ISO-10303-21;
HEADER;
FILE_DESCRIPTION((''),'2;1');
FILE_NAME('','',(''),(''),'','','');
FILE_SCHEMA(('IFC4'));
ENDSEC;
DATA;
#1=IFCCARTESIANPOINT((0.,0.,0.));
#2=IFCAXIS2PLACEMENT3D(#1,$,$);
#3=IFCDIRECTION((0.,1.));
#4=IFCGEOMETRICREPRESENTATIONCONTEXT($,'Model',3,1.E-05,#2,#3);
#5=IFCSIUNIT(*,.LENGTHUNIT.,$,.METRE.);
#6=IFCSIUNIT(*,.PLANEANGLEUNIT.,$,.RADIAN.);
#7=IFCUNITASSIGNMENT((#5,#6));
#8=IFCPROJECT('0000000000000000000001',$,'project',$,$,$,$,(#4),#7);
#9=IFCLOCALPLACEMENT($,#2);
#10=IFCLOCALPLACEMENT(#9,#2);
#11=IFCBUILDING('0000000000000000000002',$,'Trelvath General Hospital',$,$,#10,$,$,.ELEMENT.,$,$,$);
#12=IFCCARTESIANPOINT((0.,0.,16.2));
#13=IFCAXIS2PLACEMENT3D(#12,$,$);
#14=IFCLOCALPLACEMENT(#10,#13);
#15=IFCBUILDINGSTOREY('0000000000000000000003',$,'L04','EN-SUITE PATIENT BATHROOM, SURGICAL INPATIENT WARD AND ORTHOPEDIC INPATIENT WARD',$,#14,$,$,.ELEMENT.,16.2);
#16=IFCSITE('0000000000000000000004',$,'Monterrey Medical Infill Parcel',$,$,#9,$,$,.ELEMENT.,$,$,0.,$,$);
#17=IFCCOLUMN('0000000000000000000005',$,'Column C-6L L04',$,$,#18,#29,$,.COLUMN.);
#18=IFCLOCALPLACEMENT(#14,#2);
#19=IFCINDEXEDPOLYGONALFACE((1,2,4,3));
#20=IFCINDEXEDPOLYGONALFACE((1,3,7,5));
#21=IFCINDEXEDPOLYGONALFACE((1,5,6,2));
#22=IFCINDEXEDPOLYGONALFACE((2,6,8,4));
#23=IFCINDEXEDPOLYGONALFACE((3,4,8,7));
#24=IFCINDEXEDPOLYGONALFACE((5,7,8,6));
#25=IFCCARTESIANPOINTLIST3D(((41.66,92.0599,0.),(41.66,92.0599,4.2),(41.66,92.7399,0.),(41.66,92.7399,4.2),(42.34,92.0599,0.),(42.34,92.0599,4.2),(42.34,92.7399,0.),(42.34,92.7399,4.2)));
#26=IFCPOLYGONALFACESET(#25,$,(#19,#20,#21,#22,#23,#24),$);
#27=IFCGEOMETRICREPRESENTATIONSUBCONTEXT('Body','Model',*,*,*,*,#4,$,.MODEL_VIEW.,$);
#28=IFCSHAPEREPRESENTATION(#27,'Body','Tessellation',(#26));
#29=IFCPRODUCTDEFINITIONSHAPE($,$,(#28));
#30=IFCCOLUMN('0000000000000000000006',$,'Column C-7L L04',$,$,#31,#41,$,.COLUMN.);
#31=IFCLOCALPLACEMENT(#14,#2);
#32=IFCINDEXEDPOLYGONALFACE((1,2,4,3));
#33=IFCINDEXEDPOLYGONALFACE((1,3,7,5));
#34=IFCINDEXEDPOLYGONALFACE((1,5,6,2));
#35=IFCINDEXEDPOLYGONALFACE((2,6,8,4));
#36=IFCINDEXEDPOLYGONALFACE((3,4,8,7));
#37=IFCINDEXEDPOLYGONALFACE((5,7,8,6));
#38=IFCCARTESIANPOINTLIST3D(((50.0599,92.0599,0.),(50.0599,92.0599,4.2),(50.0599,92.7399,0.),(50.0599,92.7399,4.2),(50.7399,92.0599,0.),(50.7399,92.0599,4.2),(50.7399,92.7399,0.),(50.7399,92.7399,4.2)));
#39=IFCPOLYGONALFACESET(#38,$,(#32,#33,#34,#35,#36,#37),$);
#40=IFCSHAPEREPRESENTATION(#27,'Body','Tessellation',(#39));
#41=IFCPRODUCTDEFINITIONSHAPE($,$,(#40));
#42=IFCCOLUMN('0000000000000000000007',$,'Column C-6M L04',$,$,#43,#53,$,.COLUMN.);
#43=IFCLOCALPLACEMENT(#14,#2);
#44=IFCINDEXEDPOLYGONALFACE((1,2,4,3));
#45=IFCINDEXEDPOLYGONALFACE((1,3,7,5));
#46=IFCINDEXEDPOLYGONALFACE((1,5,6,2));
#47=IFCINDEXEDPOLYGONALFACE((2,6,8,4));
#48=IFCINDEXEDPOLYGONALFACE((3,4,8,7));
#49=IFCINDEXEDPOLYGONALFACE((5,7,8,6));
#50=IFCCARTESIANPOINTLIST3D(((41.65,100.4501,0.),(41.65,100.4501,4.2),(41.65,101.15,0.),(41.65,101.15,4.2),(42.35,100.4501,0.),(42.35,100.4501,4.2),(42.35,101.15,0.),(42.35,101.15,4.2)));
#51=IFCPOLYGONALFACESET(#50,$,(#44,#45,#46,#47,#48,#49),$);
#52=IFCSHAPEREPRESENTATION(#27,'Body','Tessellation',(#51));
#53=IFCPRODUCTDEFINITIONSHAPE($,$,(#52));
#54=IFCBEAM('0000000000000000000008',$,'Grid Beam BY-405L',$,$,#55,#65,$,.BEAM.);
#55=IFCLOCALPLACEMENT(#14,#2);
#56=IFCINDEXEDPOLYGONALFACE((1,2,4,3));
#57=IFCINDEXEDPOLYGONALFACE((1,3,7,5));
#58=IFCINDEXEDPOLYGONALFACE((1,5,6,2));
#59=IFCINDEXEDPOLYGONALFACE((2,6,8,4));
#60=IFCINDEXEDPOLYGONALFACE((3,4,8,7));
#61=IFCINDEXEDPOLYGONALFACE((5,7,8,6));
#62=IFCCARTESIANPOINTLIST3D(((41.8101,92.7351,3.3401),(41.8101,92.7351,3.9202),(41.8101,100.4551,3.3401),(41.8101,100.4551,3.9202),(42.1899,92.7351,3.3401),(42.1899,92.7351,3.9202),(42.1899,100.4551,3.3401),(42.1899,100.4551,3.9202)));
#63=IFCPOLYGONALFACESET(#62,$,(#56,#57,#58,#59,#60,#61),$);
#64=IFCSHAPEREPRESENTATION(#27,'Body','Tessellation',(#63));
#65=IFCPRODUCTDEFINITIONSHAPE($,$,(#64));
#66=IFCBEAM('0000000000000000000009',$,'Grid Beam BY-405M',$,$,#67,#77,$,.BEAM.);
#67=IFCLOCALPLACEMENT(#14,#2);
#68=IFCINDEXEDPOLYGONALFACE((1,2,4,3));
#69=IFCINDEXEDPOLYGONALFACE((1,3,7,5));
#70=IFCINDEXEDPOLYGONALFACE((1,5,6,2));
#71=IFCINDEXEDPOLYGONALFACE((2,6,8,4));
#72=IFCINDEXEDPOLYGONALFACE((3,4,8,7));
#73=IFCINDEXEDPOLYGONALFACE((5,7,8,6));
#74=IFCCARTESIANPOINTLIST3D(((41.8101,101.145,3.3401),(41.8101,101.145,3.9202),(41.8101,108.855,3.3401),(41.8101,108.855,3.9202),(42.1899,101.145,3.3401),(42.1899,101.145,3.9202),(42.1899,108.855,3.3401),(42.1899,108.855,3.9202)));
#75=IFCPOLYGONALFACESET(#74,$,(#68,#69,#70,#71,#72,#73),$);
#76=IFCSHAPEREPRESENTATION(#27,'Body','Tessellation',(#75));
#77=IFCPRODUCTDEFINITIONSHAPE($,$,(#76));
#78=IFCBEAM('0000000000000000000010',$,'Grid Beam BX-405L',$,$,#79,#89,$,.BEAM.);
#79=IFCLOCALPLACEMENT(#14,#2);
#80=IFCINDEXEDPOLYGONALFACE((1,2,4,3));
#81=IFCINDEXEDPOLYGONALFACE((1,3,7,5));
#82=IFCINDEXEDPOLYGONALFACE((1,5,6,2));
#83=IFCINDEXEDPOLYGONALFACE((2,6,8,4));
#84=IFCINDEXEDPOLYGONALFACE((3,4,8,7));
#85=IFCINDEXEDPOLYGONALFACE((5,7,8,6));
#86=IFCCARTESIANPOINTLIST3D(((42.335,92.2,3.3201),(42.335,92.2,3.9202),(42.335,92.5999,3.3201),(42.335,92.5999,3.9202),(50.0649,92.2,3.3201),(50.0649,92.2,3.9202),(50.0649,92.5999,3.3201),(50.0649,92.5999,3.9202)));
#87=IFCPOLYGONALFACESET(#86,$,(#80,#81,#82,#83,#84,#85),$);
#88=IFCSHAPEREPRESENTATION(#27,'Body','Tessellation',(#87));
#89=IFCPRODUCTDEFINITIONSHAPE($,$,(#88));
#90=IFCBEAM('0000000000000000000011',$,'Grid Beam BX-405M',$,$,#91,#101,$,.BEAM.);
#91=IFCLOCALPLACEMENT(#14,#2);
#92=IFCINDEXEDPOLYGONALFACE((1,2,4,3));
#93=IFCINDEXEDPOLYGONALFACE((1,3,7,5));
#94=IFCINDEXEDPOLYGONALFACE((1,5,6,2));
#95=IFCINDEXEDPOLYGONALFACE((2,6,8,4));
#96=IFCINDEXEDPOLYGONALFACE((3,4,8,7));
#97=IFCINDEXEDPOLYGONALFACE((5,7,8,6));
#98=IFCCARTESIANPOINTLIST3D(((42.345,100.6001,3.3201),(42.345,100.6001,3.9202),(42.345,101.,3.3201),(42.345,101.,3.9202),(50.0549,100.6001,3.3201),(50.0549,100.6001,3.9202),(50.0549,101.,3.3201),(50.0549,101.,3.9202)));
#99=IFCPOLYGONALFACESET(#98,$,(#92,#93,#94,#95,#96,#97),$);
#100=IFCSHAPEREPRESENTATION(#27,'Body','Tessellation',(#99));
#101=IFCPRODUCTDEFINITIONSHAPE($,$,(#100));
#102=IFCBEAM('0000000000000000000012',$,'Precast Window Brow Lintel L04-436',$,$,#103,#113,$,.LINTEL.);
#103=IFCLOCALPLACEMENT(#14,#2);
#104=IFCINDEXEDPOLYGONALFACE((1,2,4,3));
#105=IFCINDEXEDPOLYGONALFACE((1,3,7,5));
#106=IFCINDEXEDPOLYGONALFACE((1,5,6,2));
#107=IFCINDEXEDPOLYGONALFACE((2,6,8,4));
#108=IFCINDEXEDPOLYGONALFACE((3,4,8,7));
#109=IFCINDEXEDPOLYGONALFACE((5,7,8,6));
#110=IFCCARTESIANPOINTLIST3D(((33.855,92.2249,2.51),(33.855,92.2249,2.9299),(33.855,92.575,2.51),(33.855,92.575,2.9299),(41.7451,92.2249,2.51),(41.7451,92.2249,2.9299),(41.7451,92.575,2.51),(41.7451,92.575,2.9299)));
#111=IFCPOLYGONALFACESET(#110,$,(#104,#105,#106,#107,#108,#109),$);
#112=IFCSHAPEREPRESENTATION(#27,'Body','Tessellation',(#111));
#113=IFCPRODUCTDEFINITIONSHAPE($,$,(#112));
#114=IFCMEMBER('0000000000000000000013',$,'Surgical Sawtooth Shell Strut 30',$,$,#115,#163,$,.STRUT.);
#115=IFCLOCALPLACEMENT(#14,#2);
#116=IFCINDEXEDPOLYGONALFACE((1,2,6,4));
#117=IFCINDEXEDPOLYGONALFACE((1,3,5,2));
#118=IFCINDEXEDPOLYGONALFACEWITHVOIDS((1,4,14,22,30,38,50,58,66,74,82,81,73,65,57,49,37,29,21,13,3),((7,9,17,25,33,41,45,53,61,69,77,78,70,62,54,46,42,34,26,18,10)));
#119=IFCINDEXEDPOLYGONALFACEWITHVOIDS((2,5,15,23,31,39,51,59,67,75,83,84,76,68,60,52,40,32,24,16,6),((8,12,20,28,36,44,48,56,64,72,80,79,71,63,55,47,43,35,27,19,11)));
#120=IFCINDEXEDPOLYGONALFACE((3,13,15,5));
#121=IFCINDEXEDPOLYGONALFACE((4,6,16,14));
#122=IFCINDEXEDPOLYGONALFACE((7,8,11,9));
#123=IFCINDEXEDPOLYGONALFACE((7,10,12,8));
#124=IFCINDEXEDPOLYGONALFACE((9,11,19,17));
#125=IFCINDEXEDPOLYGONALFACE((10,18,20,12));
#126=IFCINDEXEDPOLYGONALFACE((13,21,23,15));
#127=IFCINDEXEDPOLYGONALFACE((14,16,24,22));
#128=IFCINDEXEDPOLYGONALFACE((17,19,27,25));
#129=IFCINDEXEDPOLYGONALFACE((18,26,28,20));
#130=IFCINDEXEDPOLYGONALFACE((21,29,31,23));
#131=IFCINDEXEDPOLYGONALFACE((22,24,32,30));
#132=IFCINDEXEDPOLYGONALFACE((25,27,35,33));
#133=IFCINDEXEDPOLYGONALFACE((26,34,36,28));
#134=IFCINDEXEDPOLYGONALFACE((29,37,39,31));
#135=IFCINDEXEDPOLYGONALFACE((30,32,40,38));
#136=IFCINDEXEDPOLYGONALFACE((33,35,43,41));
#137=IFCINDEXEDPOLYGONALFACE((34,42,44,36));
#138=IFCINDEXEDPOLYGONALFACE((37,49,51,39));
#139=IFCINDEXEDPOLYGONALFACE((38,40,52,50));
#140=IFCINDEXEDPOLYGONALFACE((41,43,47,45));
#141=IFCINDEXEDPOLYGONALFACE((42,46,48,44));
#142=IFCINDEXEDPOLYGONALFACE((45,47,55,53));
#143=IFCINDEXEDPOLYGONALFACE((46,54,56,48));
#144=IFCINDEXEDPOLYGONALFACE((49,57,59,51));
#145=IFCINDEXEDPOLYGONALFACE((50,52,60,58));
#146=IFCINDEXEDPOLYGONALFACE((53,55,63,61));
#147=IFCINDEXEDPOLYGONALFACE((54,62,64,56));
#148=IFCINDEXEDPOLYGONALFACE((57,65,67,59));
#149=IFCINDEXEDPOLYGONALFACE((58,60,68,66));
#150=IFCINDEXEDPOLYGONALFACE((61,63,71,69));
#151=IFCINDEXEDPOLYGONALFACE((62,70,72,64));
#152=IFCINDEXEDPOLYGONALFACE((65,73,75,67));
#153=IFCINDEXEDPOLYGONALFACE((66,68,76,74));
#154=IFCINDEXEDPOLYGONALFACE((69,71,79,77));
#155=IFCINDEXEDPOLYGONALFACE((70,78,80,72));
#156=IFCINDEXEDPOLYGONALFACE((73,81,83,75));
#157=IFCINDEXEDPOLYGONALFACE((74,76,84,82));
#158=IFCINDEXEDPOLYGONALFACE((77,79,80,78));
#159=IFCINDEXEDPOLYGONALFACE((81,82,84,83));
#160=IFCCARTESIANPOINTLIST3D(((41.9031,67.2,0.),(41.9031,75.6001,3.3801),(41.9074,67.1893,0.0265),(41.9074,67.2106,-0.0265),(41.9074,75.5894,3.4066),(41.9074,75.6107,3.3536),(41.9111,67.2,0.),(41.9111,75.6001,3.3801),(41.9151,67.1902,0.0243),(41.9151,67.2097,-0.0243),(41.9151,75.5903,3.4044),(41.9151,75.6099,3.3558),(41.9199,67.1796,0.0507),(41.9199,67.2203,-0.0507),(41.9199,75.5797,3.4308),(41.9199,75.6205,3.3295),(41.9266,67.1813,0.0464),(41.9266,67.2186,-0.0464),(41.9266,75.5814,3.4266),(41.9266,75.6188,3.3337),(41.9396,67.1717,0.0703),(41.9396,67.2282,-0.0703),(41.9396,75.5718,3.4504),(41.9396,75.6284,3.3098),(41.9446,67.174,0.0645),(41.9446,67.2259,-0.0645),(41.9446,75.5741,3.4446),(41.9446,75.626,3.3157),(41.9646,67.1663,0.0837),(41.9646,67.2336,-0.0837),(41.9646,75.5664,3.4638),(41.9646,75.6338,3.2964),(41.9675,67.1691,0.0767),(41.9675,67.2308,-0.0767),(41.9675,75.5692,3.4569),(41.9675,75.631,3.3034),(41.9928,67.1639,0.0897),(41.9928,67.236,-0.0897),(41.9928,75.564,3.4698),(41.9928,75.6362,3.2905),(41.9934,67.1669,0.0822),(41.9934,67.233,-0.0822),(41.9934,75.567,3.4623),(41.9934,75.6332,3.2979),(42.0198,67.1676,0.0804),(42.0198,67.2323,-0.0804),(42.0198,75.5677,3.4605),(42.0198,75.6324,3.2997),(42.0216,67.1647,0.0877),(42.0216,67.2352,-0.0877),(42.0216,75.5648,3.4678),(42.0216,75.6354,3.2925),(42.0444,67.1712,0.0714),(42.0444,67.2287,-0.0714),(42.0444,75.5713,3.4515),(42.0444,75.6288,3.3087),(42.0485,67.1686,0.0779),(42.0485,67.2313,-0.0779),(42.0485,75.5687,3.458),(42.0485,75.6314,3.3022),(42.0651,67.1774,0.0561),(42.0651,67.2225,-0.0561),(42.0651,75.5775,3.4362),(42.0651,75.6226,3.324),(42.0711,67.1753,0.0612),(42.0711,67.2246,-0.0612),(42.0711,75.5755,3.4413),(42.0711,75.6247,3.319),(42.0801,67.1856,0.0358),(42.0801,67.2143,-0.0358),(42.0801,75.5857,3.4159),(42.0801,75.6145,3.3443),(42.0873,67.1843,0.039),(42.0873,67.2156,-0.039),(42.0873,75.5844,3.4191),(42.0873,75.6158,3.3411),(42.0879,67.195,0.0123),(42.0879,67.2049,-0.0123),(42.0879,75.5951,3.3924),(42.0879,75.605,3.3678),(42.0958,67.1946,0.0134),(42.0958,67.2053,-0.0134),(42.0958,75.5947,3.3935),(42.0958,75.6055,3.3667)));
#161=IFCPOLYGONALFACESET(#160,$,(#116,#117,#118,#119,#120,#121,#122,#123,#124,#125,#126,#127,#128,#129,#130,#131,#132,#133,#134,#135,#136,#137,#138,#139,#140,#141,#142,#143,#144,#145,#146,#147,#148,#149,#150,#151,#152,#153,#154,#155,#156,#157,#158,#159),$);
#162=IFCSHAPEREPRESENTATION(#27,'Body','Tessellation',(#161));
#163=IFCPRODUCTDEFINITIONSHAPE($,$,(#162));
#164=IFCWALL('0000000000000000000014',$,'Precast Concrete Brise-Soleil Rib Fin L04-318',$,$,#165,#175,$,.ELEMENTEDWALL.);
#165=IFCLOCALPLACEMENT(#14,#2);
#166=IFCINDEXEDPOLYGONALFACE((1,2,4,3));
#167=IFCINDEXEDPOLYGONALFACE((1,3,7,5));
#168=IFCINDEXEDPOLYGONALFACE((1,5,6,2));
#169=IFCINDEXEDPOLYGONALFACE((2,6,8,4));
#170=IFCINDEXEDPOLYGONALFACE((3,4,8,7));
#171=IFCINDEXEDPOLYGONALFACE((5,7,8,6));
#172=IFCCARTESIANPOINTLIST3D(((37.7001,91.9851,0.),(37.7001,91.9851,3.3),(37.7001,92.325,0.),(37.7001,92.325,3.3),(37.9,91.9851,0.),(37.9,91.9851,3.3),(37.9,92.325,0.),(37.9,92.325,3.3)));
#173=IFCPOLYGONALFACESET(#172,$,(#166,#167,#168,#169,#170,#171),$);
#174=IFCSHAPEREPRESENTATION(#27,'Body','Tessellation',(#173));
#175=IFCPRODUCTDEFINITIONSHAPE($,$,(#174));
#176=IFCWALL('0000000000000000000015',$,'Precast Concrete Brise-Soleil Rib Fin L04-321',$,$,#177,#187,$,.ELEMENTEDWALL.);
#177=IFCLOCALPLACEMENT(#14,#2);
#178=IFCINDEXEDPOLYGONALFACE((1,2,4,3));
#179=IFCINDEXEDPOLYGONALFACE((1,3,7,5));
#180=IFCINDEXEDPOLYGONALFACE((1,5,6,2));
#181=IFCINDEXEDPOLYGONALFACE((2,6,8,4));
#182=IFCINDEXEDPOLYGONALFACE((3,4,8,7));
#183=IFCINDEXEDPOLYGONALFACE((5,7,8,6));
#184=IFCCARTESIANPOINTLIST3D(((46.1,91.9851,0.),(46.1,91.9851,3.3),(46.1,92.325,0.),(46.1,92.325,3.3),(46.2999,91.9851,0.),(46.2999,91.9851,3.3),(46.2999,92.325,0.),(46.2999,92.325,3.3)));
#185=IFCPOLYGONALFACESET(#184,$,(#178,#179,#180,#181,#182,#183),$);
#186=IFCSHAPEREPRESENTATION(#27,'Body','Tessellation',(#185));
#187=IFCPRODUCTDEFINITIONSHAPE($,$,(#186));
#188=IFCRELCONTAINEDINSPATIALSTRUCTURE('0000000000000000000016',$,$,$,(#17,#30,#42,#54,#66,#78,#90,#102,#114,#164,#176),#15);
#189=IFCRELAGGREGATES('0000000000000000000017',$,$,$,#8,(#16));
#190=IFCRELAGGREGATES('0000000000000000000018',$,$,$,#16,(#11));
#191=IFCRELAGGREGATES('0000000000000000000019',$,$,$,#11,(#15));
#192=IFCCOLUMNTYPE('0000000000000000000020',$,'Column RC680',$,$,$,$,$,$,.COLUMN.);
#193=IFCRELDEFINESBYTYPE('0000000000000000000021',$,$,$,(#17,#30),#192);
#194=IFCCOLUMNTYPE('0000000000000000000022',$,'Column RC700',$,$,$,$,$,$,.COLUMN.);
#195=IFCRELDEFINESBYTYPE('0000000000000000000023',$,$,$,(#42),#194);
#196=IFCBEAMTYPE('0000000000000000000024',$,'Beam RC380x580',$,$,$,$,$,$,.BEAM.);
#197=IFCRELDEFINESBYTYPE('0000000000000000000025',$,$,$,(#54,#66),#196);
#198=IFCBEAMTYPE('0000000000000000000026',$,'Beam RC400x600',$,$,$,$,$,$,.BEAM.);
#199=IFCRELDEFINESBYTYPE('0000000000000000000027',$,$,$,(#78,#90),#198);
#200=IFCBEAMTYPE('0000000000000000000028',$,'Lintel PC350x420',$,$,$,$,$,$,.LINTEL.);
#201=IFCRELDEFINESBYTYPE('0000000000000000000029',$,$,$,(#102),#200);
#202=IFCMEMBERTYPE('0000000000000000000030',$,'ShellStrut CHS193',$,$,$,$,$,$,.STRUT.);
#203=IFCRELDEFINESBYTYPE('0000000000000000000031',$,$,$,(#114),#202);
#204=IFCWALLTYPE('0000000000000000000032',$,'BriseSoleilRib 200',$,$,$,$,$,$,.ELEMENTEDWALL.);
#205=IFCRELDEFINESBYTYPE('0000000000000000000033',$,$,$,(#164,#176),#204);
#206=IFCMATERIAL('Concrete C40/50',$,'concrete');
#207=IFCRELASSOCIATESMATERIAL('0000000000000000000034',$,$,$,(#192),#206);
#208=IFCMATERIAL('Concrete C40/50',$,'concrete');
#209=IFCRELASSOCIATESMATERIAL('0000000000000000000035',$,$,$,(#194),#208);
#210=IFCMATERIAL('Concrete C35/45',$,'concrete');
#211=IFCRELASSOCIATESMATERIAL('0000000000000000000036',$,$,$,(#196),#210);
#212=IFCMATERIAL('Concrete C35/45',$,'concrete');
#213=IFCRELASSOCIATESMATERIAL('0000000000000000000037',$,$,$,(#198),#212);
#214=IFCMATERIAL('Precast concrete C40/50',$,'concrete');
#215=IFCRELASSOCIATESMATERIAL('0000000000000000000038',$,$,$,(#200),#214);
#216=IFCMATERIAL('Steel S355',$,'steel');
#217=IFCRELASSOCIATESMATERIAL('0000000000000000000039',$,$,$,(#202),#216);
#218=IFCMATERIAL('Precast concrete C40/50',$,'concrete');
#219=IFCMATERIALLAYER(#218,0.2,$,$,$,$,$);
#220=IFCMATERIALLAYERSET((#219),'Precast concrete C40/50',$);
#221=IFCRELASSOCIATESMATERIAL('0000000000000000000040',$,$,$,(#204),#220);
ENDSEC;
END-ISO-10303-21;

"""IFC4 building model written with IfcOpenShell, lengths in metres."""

from ifc_helpers import new_model, si_unit, direction, frame, frame_2d, origin, origin_2d, place, context, subcontext, project, spatial, rectangle, hollow_circle, extrude, material, layer, layer_set, material_profile, profile_set, type_object, element, save


model = new_model("IFC4")

# Units and contexts
model_context = context("Model", 3, precision=1e-05, world=origin(), true_north=direction((0.0, 1.0)))
body_context = subcontext(model_context, "Body", "Model", "MODEL_VIEW")
ifc_project = project(units=[si_unit("LENGTHUNIT", "METRE"), si_unit("PLANEANGLEUNIT", "RADIAN")], contexts=[model_context])

# Site, building, storey
site_placement = place(None, origin())
site = spatial("IfcSite", under=ifc_project, at=site_placement, Name="Monterrey Medical Infill Parcel", CompositionType="ELEMENT", RefElevation=0.0)
building_placement = place(site_placement, origin())
building = spatial("IfcBuilding", under=site, at=building_placement, Name="Trelvath General Hospital", CompositionType="ELEMENT")
storey_placement = place(building_placement, frame((0.0, 0.0, 16.2)))
storey = spatial("IfcBuildingStorey", under=building, at=storey_placement, Name="L04", Description="EN-SUITE PATIENT BATHROOM, SURGICAL INPATIENT WARD AND ORTHOPEDIC INPATIENT WARD", CompositionType="ELEMENT", Elevation=16.2)

# Columns
ifc_material_1 = material(Name="Concrete C40/50", Category="concrete")
ifc_material_profile_1 = material_profile(ifc_material_1, rectangle(XDim=0.6799, YDim=0.6799, at=origin_2d()), Name="RC680x680")
ifc_profile_set_1 = profile_set([ifc_material_profile_1], Name="Concrete C40/50")
column_type_1 = type_object("IfcColumnType", Name="Column RC680", PredefinedType="COLUMN", material=ifc_profile_set_1)
for number, where, z_axis, x_axis, name in (
    (1, (42.0, 92.3999, 0.0), (0.0, 0.0, 1.0), (1.0, 0.0, 0.0), "Column C-6L L04"),
    (2, (50.3999, 92.3999, 0.0), (0.0, 0.0, 1.0), (1.0, 0.0, 0.0), "Column C-7L L04"),
):
    element("IfcColumn", number, at=place(storey_placement, frame(where, z_axis=z_axis, x_axis=x_axis)), inside=storey, type_object=column_type_1, Name=name, PredefinedType="COLUMN", context=body_context, shape_type="SweptSolid", body=[
        extrude(rectangle(XDim=0.6799, YDim=0.6799, at=origin_2d()), origin(), (0.0, 0.0, 1.0), 4.2),
    ])
ifc_material_2 = material(Name="Concrete C40/50", Category="concrete")
ifc_material_profile_2 = material_profile(ifc_material_2, rectangle(XDim=0.7, YDim=0.7, at=origin_2d()), Name="RC700x700")
ifc_profile_set_2 = profile_set([ifc_material_profile_2], Name="Concrete C40/50")
column_type_2 = type_object("IfcColumnType", Name="Column RC700", PredefinedType="COLUMN", material=ifc_profile_set_2)
column_placement = place(storey_placement, frame((42.0, 100.8, 0.0), z_axis=(0.0, 0.0, 1.0), x_axis=(1.0, 0.0, 0.0)))
element("IfcColumn", 3, at=column_placement, inside=storey, type_object=column_type_2, Name="Column C-6M L04", PredefinedType="COLUMN", context=body_context, shape_type="SweptSolid", body=[
    extrude(rectangle(XDim=0.7, YDim=0.7, at=origin_2d()), origin(), (0.0, 0.0, 1.0), 4.2),
])

# Beams
ifc_material_3 = material(Name="Concrete C35/45", Category="concrete")
ifc_material_profile_3 = material_profile(ifc_material_3, rectangle(XDim=0.3799, YDim=0.5801, at=origin_2d()), Name="RCB380x580")
ifc_profile_set_3 = profile_set([ifc_material_profile_3], Name="Concrete C35/45")
beam_type_1 = type_object("IfcBeamType", Name="Beam RC380x580", PredefinedType="BEAM", material=ifc_profile_set_3)
beam_1_placement = place(storey_placement, frame((42.0, 92.7351, 3.6301), z_axis=(0.0, 1.0, 0.0), x_axis=(-1.0, 0.0, 0.0)))
element("IfcBeam", 4, at=beam_1_placement, inside=storey, type_object=beam_type_1, Name="Grid Beam BY-405L", PredefinedType="BEAM", context=body_context, shape_type="SweptSolid", body=[
    extrude(rectangle(XDim=0.3799, YDim=0.5801, at=origin_2d()), origin(), (0.0, 0.0, 1.0), 7.72),
])
beam_2_placement = place(storey_placement, frame((42.0, 101.145, 3.6301), z_axis=(0.0, 1.0, 0.0), x_axis=(-1.0, 0.0, 0.0)))
element("IfcBeam", 5, at=beam_2_placement, inside=storey, type_object=beam_type_1, Name="Grid Beam BY-405M", PredefinedType="BEAM", context=body_context, shape_type="SweptSolid", body=[
    extrude(rectangle(XDim=0.3799, YDim=0.5801, at=origin_2d()), origin(), (0.0, 0.0, 1.0), 7.71),
])
ifc_material_4 = material(Name="Concrete C35/45", Category="concrete")
ifc_material_profile_4 = material_profile(ifc_material_4, rectangle(XDim=0.3999, YDim=0.6001, at=origin_2d()), Name="RCB400x600")
ifc_profile_set_4 = profile_set([ifc_material_profile_4], Name="Concrete C35/45")
beam_type_2 = type_object("IfcBeamType", Name="Beam RC400x600", PredefinedType="BEAM", material=ifc_profile_set_4)
beam_3_placement = place(storey_placement, frame((42.335, 92.3999, 3.6201), z_axis=(1.0, 0.0, 0.0), x_axis=(0.0, 1.0, 0.0)))
element("IfcBeam", 6, at=beam_3_placement, inside=storey, type_object=beam_type_2, Name="Grid Beam BX-405L", PredefinedType="BEAM", context=body_context, shape_type="SweptSolid", body=[
    extrude(rectangle(XDim=0.3999, YDim=0.6001, at=origin_2d()), origin(), (0.0, 0.0, 1.0), 7.73),
])
beam_4_placement = place(storey_placement, frame((42.345, 100.8, 3.6201), z_axis=(1.0, 0.0, 0.0), x_axis=(0.0, 1.0, 0.0)))
element("IfcBeam", 7, at=beam_4_placement, inside=storey, type_object=beam_type_2, Name="Grid Beam BX-405M", PredefinedType="BEAM", context=body_context, shape_type="SweptSolid", body=[
    extrude(rectangle(XDim=0.3999, YDim=0.6001, at=origin_2d()), origin(), (0.0, 0.0, 1.0), 7.71),
])
ifc_material_5 = material(Name="Precast concrete C40/50", Category="concrete")
ifc_material_profile_5 = material_profile(ifc_material_5, rectangle(XDim=0.3501, YDim=0.4199, at=origin_2d()), Name="PCL350x420")
ifc_profile_set_5 = profile_set([ifc_material_profile_5], Name="Precast concrete C40/50")
beam_type_3 = type_object("IfcBeamType", Name="Lintel PC350x420", PredefinedType="LINTEL", material=ifc_profile_set_5)
beam_5_placement = place(storey_placement, frame((41.7451, 92.3999, 2.72), z_axis=(-1.0, 0.0, 0.0), x_axis=(0.0, -1.0, 0.0)))
element("IfcBeam", 8, at=beam_5_placement, inside=storey, type_object=beam_type_3, Name="Precast Window Brow Lintel L04-436", PredefinedType="LINTEL", context=body_context, shape_type="SweptSolid", body=[
    extrude(rectangle(XDim=0.3501, YDim=0.4199, at=origin_2d()), origin(), (0.0, 0.0, 1.0), 7.8901),
])

# Member
ifc_material_6 = material(Name="Steel S355", Category="steel")
ifc_material_profile_6 = material_profile(ifc_material_6, hollow_circle(Radius=0.0969, WallThickness=0.0081, at=origin_2d()), Name="CHS193.7x8.0")
ifc_profile_set_6 = profile_set([ifc_material_profile_6], Name="Steel S355")
member_type = type_object("IfcMemberType", Name="ShellStrut CHS193", PredefinedType="STRUT", material=ifc_profile_set_6)
member_placement = place(storey_placement, frame((42.0, 67.2, 0.0), z_axis=(0.0, 0.92771, 0.373301), x_axis=(-1.0, 0.0, 0.0)))
element("IfcMember", 9, at=member_placement, inside=storey, type_object=member_type, Name="Surgical Sawtooth Shell Strut 30", PredefinedType="STRUT", context=body_context, shape_type="SweptSolid", body=[
    extrude(hollow_circle(Radius=0.0969, WallThickness=0.0081, at=origin_2d()), origin(), (0.0, 0.0, 1.0), 9.0547),
])

# Walls
ifc_material_7 = material(Name="Precast concrete C40/50", Category="concrete")
ifc_layer_1 = layer(ifc_material_7, 0.2)
ifc_layer_set_1 = layer_set([ifc_layer_1], Name="Precast concrete C40/50")
wall_type_1 = type_object("IfcWallType", Name="BriseSoleilRib 200", PredefinedType="ELEMENTEDWALL", material=ifc_layer_set_1)
for number, where, z_axis, x_axis, name in (
    (10, (37.8, 92.325, 0.0), (0.0, 0.0, 1.0), (0.0, -1.0, 0.0), "Precast Concrete Brise-Soleil Rib Fin L04-318"),
    (11, (46.2, 92.325, 0.0), (0.0, 0.0, 1.0), (0.0, -1.0, 0.0), "Precast Concrete Brise-Soleil Rib Fin L04-321"),
):
    element("IfcWall", number, at=place(storey_placement, frame(where, z_axis=z_axis, x_axis=x_axis)), inside=storey, type_object=wall_type_1, Name=name, PredefinedType="ELEMENTEDWALL", context=body_context, shape_type="SweptSolid", body=[
        extrude(rectangle(XDim=0.3398, YDim=0.2, at=frame_2d((0.1699, 0.0))), origin(), (0.0, 0.0, 1.0), 3.3),
    ])

save(model, "model.ifc")
